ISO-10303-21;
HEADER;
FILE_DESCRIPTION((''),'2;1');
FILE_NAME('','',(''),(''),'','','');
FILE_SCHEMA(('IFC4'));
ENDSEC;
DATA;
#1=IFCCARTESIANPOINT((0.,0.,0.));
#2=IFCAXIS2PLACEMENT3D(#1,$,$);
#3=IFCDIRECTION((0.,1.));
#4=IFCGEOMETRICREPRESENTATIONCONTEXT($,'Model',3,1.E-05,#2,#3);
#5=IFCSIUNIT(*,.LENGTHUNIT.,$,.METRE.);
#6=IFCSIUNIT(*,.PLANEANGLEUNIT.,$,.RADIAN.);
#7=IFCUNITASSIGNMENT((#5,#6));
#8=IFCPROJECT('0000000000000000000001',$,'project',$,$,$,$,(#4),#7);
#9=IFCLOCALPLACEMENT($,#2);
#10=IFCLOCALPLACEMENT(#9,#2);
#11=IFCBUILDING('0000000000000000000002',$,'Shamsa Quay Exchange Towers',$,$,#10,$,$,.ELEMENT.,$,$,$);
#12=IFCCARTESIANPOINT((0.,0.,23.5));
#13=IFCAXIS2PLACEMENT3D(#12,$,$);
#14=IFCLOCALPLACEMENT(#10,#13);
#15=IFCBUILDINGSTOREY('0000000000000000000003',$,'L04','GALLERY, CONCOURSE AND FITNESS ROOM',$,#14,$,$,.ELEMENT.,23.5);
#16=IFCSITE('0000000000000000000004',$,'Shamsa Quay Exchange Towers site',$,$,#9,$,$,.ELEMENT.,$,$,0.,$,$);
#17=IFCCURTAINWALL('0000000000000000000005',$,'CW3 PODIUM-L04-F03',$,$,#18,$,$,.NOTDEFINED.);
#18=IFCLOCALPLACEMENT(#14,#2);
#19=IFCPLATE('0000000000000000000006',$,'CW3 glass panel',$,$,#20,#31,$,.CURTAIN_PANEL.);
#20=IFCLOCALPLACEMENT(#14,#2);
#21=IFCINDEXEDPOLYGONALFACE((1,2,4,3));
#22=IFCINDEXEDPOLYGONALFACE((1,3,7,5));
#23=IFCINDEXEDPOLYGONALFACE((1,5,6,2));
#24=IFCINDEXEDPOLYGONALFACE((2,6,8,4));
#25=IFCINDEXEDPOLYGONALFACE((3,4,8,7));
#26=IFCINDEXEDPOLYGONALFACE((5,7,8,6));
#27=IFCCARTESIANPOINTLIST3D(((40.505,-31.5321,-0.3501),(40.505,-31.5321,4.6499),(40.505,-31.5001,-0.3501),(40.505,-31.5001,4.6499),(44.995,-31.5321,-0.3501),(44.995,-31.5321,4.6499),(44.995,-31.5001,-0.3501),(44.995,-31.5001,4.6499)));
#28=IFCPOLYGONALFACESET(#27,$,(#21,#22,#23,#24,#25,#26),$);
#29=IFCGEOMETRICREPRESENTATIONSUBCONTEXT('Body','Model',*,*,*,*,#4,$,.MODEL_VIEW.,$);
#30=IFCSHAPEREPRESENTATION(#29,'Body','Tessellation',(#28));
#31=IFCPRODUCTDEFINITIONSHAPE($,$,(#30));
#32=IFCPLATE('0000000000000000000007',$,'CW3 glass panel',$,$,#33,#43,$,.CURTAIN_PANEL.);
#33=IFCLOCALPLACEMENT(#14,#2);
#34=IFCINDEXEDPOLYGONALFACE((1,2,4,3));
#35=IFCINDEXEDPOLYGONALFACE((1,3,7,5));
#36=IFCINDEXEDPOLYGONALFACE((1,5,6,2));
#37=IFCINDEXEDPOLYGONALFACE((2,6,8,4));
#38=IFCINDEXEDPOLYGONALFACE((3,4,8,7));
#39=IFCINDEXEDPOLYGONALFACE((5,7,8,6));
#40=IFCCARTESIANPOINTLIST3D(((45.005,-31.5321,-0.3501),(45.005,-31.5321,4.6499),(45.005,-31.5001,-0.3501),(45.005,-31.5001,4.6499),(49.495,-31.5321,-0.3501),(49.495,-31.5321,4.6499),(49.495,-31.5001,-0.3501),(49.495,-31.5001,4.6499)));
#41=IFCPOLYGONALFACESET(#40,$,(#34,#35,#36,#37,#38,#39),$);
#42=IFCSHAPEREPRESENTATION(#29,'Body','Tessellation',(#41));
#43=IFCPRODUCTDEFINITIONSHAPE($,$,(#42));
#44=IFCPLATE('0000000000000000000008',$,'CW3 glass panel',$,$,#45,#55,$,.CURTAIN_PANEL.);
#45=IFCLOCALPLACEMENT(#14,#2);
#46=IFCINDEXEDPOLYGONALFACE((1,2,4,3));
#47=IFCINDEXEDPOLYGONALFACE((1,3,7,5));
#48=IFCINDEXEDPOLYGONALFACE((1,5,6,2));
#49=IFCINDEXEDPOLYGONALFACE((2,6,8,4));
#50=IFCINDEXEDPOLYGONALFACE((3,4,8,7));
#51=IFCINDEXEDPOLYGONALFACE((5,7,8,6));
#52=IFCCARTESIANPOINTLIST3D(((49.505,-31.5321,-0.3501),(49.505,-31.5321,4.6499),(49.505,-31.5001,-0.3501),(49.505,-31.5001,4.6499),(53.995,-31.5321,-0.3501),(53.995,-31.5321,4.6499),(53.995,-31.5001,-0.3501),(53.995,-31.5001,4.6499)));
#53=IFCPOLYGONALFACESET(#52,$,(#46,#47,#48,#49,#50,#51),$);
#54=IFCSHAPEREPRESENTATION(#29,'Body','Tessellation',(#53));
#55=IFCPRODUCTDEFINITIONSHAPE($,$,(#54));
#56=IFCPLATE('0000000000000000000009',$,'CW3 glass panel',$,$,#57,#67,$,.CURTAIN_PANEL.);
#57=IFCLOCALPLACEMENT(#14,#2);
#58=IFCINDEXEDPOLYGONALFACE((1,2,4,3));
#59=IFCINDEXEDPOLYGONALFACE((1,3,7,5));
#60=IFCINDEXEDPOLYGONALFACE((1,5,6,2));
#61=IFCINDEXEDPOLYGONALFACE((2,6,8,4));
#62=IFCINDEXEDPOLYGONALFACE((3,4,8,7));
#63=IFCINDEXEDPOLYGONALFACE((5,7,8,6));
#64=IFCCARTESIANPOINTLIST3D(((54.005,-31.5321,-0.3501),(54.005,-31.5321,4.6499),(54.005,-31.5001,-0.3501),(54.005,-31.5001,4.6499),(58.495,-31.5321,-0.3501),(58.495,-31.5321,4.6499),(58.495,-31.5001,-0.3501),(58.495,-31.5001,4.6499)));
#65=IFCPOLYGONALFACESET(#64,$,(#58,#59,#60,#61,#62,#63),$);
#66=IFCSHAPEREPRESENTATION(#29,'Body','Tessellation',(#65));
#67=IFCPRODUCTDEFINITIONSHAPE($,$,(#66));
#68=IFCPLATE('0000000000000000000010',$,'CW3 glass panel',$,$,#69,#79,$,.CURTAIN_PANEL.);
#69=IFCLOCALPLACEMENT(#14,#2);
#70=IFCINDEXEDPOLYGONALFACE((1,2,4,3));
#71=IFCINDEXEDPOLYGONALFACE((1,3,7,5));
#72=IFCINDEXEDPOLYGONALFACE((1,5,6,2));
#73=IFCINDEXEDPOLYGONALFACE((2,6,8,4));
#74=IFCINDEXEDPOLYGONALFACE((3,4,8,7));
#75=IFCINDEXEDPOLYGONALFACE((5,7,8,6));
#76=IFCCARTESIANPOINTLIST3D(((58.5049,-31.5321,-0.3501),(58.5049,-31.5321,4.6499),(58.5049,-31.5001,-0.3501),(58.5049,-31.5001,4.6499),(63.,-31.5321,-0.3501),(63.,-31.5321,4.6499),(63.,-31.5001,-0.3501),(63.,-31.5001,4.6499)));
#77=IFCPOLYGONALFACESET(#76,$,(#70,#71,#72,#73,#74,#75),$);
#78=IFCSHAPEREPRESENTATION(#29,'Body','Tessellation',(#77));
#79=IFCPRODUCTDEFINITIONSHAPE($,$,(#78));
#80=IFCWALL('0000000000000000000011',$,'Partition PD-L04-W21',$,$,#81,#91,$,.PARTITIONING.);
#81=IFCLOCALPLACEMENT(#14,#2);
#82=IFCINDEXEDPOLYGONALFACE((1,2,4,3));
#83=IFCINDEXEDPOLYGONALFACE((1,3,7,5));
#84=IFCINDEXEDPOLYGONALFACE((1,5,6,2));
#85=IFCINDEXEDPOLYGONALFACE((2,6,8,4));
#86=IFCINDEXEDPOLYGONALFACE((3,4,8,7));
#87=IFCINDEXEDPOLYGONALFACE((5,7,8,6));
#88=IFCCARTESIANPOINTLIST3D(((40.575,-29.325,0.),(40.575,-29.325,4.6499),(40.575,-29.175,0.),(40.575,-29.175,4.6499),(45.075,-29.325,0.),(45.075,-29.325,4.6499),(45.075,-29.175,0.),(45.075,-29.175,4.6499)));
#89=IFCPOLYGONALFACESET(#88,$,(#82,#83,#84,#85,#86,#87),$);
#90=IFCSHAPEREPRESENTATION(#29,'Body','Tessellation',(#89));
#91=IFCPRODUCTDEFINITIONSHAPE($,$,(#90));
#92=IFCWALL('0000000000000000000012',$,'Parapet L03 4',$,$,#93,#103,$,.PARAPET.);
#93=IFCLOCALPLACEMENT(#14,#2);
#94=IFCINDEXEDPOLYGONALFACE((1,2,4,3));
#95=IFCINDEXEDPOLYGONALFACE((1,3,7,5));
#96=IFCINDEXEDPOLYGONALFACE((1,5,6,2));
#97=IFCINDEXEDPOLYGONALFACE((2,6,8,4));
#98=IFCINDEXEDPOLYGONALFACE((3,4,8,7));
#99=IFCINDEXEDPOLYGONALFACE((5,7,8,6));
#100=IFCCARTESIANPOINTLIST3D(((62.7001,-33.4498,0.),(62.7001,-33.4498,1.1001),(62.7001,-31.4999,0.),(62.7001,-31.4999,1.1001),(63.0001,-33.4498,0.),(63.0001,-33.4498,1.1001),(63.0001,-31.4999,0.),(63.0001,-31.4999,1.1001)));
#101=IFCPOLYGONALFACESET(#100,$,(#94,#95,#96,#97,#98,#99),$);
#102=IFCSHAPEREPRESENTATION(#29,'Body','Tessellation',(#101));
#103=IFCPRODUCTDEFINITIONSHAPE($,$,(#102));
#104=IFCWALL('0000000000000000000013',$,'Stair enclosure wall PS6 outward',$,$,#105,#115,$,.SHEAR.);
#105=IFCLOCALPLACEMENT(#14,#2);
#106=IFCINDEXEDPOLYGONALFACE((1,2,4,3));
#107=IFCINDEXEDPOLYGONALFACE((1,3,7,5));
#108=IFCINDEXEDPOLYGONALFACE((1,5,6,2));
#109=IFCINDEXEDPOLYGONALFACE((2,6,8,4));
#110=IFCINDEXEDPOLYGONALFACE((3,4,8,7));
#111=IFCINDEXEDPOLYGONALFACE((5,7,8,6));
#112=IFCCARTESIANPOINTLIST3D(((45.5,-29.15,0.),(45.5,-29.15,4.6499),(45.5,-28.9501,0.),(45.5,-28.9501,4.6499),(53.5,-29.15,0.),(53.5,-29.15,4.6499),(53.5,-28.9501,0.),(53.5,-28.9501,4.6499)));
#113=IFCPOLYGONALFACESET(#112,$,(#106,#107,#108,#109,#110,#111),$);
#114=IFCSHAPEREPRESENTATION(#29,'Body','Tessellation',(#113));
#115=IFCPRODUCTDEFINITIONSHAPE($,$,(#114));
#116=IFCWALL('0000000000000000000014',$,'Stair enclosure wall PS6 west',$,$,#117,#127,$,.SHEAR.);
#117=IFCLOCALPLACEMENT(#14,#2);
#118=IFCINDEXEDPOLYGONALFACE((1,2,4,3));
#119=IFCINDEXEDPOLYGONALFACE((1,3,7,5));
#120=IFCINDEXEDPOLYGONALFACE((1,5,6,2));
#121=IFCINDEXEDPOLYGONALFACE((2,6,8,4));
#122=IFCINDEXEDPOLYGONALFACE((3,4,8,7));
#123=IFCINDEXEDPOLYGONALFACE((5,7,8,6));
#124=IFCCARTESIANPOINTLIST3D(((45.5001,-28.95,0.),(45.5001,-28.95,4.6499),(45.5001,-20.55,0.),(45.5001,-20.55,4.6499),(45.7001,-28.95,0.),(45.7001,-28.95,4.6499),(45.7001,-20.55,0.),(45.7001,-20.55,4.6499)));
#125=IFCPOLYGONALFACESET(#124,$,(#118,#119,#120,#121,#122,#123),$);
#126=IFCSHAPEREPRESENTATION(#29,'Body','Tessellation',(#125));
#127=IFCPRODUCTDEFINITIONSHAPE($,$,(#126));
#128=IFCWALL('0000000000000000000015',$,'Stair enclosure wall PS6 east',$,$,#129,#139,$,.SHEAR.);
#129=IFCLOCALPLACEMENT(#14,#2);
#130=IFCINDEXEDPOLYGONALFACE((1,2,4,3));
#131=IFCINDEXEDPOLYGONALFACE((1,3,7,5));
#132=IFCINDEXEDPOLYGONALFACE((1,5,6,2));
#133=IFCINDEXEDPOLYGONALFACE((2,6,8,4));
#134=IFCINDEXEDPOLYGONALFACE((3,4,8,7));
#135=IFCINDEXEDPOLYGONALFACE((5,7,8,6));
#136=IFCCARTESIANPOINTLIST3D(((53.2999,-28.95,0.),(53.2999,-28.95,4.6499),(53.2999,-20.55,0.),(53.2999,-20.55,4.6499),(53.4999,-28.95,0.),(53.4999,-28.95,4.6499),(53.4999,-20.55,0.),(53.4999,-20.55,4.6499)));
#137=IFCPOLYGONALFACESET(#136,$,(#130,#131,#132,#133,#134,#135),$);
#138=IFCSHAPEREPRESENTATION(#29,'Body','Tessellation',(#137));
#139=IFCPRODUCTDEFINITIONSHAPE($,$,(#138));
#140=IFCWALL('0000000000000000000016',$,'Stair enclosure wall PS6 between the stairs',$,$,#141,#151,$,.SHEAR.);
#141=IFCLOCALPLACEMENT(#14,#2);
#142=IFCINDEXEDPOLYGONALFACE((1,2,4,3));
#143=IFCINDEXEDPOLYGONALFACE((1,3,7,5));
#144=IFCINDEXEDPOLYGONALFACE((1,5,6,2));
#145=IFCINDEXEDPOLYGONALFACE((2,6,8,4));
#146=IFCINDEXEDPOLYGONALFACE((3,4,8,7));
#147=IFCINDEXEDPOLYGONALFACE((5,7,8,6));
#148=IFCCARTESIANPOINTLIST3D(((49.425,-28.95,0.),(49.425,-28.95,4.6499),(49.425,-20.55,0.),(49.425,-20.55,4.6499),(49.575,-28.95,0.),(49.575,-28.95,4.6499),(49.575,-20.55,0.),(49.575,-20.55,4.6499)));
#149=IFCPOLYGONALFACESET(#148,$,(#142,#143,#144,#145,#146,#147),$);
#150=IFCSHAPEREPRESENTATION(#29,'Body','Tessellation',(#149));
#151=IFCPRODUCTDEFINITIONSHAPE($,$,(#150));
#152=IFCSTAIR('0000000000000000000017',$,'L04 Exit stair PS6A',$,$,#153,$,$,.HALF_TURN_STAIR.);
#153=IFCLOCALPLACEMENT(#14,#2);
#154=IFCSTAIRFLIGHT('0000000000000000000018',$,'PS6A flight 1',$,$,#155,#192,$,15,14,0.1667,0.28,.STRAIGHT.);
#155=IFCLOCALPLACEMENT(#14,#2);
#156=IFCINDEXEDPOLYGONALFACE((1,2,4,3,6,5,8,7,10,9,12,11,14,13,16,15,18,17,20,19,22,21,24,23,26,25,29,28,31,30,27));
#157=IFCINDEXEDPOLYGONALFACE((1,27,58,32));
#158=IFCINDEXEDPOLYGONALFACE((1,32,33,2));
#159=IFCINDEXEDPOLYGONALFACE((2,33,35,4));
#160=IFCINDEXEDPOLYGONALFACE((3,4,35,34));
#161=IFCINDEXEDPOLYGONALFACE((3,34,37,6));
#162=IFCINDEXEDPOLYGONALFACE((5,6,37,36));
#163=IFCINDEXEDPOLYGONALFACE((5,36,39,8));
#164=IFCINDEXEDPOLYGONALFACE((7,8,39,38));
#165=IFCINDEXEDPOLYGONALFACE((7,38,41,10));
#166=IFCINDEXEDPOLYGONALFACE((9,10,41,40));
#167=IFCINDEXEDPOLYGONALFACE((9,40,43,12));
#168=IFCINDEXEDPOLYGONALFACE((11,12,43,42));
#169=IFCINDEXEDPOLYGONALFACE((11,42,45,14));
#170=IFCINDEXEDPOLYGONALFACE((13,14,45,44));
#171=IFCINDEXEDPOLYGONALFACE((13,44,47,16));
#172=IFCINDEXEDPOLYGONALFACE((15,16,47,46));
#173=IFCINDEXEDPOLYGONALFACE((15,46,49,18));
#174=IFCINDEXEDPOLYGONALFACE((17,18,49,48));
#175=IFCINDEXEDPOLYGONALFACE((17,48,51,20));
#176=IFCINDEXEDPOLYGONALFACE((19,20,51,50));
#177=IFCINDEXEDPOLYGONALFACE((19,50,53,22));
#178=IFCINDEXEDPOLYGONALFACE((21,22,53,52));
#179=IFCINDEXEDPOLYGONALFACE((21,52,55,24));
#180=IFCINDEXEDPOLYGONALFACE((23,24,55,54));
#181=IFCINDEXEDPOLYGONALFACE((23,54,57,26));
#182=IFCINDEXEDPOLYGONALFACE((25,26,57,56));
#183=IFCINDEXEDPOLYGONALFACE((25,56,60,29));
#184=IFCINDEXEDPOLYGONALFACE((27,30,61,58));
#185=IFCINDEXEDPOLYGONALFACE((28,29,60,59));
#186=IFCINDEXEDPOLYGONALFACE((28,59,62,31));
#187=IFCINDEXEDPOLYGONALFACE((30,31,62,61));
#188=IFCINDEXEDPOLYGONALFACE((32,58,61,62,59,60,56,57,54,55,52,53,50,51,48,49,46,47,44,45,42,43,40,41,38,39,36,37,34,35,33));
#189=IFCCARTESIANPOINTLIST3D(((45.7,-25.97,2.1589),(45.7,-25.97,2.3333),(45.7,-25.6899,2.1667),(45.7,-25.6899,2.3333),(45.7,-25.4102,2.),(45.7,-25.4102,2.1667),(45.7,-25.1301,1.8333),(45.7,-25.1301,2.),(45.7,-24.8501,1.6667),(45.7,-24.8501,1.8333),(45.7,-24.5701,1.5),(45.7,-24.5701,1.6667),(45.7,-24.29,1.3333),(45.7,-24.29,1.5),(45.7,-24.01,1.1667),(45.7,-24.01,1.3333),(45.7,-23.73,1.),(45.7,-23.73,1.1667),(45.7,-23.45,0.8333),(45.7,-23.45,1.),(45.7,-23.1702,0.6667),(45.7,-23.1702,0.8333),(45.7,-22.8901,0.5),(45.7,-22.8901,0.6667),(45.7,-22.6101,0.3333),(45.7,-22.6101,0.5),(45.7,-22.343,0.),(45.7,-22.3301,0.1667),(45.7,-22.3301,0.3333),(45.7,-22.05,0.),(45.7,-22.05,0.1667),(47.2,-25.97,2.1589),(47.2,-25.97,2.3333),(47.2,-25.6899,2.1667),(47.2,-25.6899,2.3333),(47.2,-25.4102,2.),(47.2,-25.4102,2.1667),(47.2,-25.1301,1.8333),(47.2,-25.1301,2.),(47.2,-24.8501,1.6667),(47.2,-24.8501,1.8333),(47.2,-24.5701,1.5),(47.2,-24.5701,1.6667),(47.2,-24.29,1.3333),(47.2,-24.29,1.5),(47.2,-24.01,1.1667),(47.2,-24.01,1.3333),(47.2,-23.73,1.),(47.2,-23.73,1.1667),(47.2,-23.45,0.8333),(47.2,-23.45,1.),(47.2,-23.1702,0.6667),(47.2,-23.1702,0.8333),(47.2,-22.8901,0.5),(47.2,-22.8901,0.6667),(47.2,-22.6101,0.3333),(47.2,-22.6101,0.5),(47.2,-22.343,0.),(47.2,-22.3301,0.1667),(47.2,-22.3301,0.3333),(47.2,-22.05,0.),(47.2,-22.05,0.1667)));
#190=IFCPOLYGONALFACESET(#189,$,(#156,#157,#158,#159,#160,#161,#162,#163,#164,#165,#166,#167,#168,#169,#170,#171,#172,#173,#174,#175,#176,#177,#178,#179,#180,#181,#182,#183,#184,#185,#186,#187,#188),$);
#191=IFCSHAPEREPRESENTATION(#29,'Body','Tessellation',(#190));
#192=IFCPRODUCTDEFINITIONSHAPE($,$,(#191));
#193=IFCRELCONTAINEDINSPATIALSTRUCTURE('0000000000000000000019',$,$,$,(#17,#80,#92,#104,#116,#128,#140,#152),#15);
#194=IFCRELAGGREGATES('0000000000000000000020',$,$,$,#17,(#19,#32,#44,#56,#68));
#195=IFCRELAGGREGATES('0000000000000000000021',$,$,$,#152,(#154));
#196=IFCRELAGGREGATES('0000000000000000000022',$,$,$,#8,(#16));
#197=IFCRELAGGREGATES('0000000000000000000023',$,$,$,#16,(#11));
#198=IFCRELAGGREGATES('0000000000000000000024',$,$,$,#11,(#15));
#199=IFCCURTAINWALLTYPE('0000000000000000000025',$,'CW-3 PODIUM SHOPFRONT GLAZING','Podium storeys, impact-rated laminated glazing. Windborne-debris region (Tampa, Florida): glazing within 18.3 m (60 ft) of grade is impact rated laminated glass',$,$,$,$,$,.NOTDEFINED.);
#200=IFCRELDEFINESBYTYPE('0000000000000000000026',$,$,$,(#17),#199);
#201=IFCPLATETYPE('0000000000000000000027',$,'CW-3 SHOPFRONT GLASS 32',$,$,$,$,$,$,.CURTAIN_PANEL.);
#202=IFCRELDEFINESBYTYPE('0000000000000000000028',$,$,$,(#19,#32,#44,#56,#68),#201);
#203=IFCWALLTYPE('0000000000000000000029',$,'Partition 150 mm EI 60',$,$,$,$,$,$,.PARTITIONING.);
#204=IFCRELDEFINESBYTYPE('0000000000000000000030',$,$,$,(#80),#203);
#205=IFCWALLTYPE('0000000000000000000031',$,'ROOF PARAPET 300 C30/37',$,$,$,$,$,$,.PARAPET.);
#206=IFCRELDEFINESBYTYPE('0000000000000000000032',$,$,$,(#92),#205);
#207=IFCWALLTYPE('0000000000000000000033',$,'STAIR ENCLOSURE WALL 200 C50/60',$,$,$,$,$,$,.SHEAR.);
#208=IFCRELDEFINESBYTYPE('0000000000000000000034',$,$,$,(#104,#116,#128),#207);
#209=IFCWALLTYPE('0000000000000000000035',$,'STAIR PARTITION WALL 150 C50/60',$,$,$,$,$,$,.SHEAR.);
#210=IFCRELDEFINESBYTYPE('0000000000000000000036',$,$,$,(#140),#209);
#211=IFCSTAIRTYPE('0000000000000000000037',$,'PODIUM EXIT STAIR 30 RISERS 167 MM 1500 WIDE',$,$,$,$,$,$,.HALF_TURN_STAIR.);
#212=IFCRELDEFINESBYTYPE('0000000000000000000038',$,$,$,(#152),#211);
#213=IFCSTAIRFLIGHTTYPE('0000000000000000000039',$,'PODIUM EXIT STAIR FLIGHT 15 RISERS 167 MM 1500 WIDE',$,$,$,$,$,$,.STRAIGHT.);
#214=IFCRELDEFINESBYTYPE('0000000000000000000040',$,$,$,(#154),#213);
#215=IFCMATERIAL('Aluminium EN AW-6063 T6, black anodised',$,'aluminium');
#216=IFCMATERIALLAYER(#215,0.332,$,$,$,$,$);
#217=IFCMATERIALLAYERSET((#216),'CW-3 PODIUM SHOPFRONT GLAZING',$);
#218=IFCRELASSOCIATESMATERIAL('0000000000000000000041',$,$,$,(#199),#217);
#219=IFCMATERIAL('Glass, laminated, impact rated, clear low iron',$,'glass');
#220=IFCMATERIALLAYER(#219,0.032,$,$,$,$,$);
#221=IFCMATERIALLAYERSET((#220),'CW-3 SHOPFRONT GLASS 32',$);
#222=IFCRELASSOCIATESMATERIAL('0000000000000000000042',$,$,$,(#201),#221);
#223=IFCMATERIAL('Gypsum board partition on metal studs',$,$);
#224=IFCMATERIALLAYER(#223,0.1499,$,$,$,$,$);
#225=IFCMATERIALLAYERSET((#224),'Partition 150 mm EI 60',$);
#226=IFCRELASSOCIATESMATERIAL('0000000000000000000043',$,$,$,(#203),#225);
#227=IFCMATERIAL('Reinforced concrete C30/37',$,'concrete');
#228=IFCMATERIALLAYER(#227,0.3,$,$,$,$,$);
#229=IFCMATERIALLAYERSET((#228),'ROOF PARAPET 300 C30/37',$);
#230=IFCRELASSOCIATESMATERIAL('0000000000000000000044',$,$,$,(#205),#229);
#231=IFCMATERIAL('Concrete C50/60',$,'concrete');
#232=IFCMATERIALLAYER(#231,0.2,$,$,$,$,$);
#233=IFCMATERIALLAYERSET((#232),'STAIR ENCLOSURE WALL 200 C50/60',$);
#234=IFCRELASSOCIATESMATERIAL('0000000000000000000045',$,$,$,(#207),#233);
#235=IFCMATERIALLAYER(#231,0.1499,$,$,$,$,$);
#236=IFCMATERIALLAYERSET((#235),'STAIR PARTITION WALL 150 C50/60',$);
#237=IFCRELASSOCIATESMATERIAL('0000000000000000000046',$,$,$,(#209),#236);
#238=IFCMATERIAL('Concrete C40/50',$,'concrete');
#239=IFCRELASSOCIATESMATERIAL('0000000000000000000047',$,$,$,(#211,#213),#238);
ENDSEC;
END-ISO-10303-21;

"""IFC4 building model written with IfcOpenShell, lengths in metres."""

from ifc_helpers import new_model, si_unit, direction, frame, frame_2d, origin, origin_2d, place, context, subcontext, project, spatial, polyline, rectangle, outline, extrude, material, layer, layer_set, type_object, element, aggregate, save


model = new_model("IFC4")

# Units and contexts
model_context = context("Model", 3, precision=1e-05, world=origin(), true_north=direction((0.0, 1.0)))
body_context = subcontext(model_context, "Body", "Model", "MODEL_VIEW")
ifc_project = project(units=[si_unit("LENGTHUNIT", "METRE"), si_unit("PLANEANGLEUNIT", "RADIAN")], contexts=[model_context])

# Site, building, storey
site_placement = place(None, origin())
site = spatial("IfcSite", under=ifc_project, at=site_placement, Name="Shamsa Quay Exchange Towers site", CompositionType="ELEMENT", RefElevation=0.0)
building_placement = place(site_placement, origin())
building = spatial("IfcBuilding", under=site, at=building_placement, Name="Shamsa Quay Exchange Towers", CompositionType="ELEMENT")
storey_placement = place(building_placement, frame((0.0, 0.0, 23.5)))
storey = spatial("IfcBuildingStorey", under=building, at=storey_placement, Name="L04", Description="GALLERY, CONCOURSE AND FITNESS ROOM", CompositionType="ELEMENT", Elevation=23.5)

# Curtain wall
ifc_material_1 = material(Name="Aluminium EN AW-6063 T6, black anodised", Category="aluminium")
ifc_layer_1 = layer(ifc_material_1, 0.332)
ifc_layer_set_1 = layer_set([ifc_layer_1], Name="CW-3 PODIUM SHOPFRONT GLAZING")
curtain_wall_type = type_object("IfcCurtainWallType", Name="CW-3 PODIUM SHOPFRONT GLAZING", Description="Podium storeys, impact-rated laminated glazing. Windborne-debris region (Tampa, Florida): glazing within 18.3 m (60 ft) of grade is impact rated laminated glass", PredefinedType="NOTDEFINED", material=ifc_layer_set_1)
curtain_wall_1_placement = place(storey_placement, origin())
curtain_wall_1 = element("IfcCurtainWall", 1, at=curtain_wall_1_placement, inside=storey, type_object=curtain_wall_type, Name="CW3 PODIUM-L04-F03", PredefinedType="NOTDEFINED")

# Plates
ifc_material_2 = material(Name="Glass, laminated, impact rated, clear low iron", Category="glass")
ifc_layer_2 = layer(ifc_material_2, 0.032)
ifc_layer_set_2 = layer_set([ifc_layer_2], Name="CW-3 SHOPFRONT GLASS 32")
plate_type = type_object("IfcPlateType", Name="CW-3 SHOPFRONT GLASS 32", PredefinedType="CURTAIN_PANEL", material=ifc_layer_set_2)
plate_1_placement = place(storey_placement, frame((42.75, -31.5161, -0.3501)))
plate_1 = element("IfcPlate", 2, at=plate_1_placement, type_object=plate_type, Name="CW3 glass panel", PredefinedType="CURTAIN_PANEL", context=body_context, shape_type="SweptSolid", body=[
    extrude(rectangle(XDim=4.49, YDim=0.032, at=origin_2d()), origin(), (0.0, 0.0, 1.0), 5.0),
])
plate_2_placement = place(storey_placement, frame((47.25, -31.5161, -0.3501)))
plate_2 = element("IfcPlate", 3, at=plate_2_placement, type_object=plate_type, Name="CW3 glass panel", PredefinedType="CURTAIN_PANEL", context=body_context, shape_type="SweptSolid", body=[
    extrude(rectangle(XDim=4.49, YDim=0.032, at=origin_2d()), origin(), (0.0, 0.0, 1.0), 5.0),
])
plate_3_placement = place(storey_placement, frame((51.75, -31.5161, -0.3501)))
plate_3 = element("IfcPlate", 4, at=plate_3_placement, type_object=plate_type, Name="CW3 glass panel", PredefinedType="CURTAIN_PANEL", context=body_context, shape_type="SweptSolid", body=[
    extrude(rectangle(XDim=4.49, YDim=0.032, at=origin_2d()), origin(), (0.0, 0.0, 1.0), 5.0),
])
plate_4_placement = place(storey_placement, frame((56.25, -31.5161, -0.3501)))
plate_4 = element("IfcPlate", 5, at=plate_4_placement, type_object=plate_type, Name="CW3 glass panel", PredefinedType="CURTAIN_PANEL", context=body_context, shape_type="SweptSolid", body=[
    extrude(rectangle(XDim=4.49, YDim=0.032, at=origin_2d()), origin(), (0.0, 0.0, 1.0), 5.0),
])
plate_5_placement = place(storey_placement, frame((60.7524, -31.5161, -0.3501)))
plate_5 = element("IfcPlate", 6, at=plate_5_placement, type_object=plate_type, Name="CW3 glass panel", PredefinedType="CURTAIN_PANEL", context=body_context, shape_type="SweptSolid", body=[
    extrude(rectangle(XDim=4.4951, YDim=0.032, at=origin_2d()), origin(), (0.0, 0.0, 1.0), 5.0),
])
aggregate(curtain_wall_1, [plate_1, plate_2, plate_3, plate_4, plate_5])

# Walls
ifc_material_3 = material(Name="Gypsum board partition on metal studs")
ifc_layer_3 = layer(ifc_material_3, 0.1499)
ifc_layer_set_3 = layer_set([ifc_layer_3], Name="Partition 150 mm EI 60")
wall_type_1 = type_object("IfcWallType", Name="Partition 150 mm EI 60", PredefinedType="PARTITIONING", material=ifc_layer_set_3)
wall_1_placement = place(storey_placement, frame((45.075, -29.25, 0.0), z_axis=(0.0, 0.0, 1.0), x_axis=(-1.0, 0.0, 0.0)))
element("IfcWall", 7, at=wall_1_placement, inside=storey, type_object=wall_type_1, Name="Partition PD-L04-W21", PredefinedType="PARTITIONING", context=body_context, shape_type="SweptSolid", body=[
    extrude(rectangle(XDim=4.5, YDim=0.1499, at=frame_2d((2.25, 0.0))), origin(), (0.0, 0.0, 1.0), 4.6499),
])
ifc_material_4 = material(Name="Reinforced concrete C30/37", Category="concrete")
ifc_layer_4 = layer(ifc_material_4, 0.3)
ifc_layer_set_4 = layer_set([ifc_layer_4], Name="ROOF PARAPET 300 C30/37")
wall_type_2 = type_object("IfcWallType", Name="ROOF PARAPET 300 C30/37", PredefinedType="PARAPET", material=ifc_layer_set_4)
wall_2_placement = place(storey_placement, frame((62.8501, -33.45, 0.0), z_axis=(0.0, 0.0, 1.0), x_axis=(0.0, 1.0, 0.0)))
element("IfcWall", 8, at=wall_2_placement, inside=storey, type_object=wall_type_2, Name="Parapet L03 4", PredefinedType="PARAPET", context=body_context, shape_type="SweptSolid", body=[
    extrude(rectangle(XDim=1.95, YDim=0.3, at=frame_2d((0.9751, 0.0))), origin(), (0.0, 0.0, 1.0), 1.1001),
])

# Shared definitions
ifc_material_5 = material(Name="Concrete C50/60", Category="concrete")
ifc_layer_5 = layer(ifc_material_5, 0.2)
ifc_layer_set_5 = layer_set([ifc_layer_5], Name="STAIR ENCLOSURE WALL 200 C50/60")
wall_type_3 = type_object("IfcWallType", Name="STAIR ENCLOSURE WALL 200 C50/60", PredefinedType="SHEAR", material=ifc_layer_set_5)

# Walls
wall_3_placement = place(storey_placement, frame((45.5, -29.05, 0.0)))
element("IfcWall", 9, at=wall_3_placement, inside=storey, type_object=wall_type_3, Name="Stair enclosure wall PS6 outward", PredefinedType="SHEAR", context=body_context, shape_type="SweptSolid", body=[
    extrude(rectangle(XDim=8.0, YDim=0.2, at=frame_2d((4.0, 0.0))), origin(), (0.0, 0.0, 1.0), 4.6499),
])
for number, where, z_axis, x_axis, name in (
    (10, (45.6001, -28.95, 0.0), (0.0, 0.0, 1.0), (0.0, 1.0, 0.0), "Stair enclosure wall PS6 west"),
    (11, (53.3999, -28.95, 0.0), (0.0, 0.0, 1.0), (0.0, 1.0, 0.0), "Stair enclosure wall PS6 east"),
):
    element("IfcWall", number, at=place(storey_placement, frame(where, z_axis=z_axis, x_axis=x_axis)), inside=storey, type_object=wall_type_3, Name=name, PredefinedType="SHEAR", context=body_context, shape_type="SweptSolid", body=[
        extrude(rectangle(XDim=8.3999, YDim=0.2, at=frame_2d((4.2, 0.0))), origin(), (0.0, 0.0, 1.0), 4.6499),
    ])
ifc_layer_6 = layer(ifc_material_5, 0.1499)
ifc_layer_set_6 = layer_set([ifc_layer_6], Name="STAIR PARTITION WALL 150 C50/60")
wall_type_4 = type_object("IfcWallType", Name="STAIR PARTITION WALL 150 C50/60", PredefinedType="SHEAR", material=ifc_layer_set_6)
wall_4_placement = place(storey_placement, frame((49.5, -28.95, 0.0), z_axis=(0.0, 0.0, 1.0), x_axis=(0.0, 1.0, 0.0)))
element("IfcWall", 12, at=wall_4_placement, inside=storey, type_object=wall_type_4, Name="Stair enclosure wall PS6 between the stairs", PredefinedType="SHEAR", context=body_context, shape_type="SweptSolid", body=[
    extrude(rectangle(XDim=8.3999, YDim=0.1499, at=frame_2d((4.2, 0.0))), origin(), (0.0, 0.0, 1.0), 4.6499),
])

# Stair, stair flight
ifc_material_6 = material(Name="Concrete C40/50", Category="concrete")
stair_type = type_object("IfcStairType", Name="PODIUM EXIT STAIR 30 RISERS 167 MM 1500 WIDE", PredefinedType="HALF_TURN_STAIR", material=ifc_material_6)
stair_1_placement = place(storey_placement, origin())
stair_1 = element("IfcStair", 13, at=stair_1_placement, inside=storey, type_object=stair_type, Name="L04 Exit stair PS6A", PredefinedType="HALF_TURN_STAIR")
stair_flight_type = type_object("IfcStairFlightType", Name="PODIUM EXIT STAIR FLIGHT 15 RISERS 167 MM 1500 WIDE", PredefinedType="STRAIGHT", material=ifc_material_6)
stair_flight_1_placement = place(storey_placement, frame((46.45, -22.05, 0.0), z_axis=(0.0, 0.0, 1.0), x_axis=(0.0, -1.0, 0.0)))
stair_flight_1 = element("IfcStairFlight", 14, at=stair_flight_1_placement, type_object=stair_flight_type, Name="PS6A flight 1", NumberOfRisers=15, NumberOfTreads=14, PredefinedType="STRAIGHT", RiserHeight=0.1667, TreadLength=0.28, context=body_context, shape_type="SweptSolid", body=[
    extrude(outline(polyline([(0.0, 0.0), (0.0, 0.1667), (0.28, 0.1667), (0.28, 0.3333), (0.5601, 0.3333), (0.5601, 0.5), (0.8401, 0.5), (0.8401, 0.6667), (1.1201, 0.6667), (1.1201, 0.8333), (1.3999, 0.8333), (1.3999, 1.0), (1.6799, 1.0), (1.6799, 1.1667), (1.96, 1.1667), (1.96, 1.3333), (2.24, 1.3333), (2.24, 1.5), (2.52, 1.5), (2.52, 1.6667), (2.8, 1.6667), (2.8, 1.8333), (3.0801, 1.8333), (3.0801, 2.0), (3.3601, 2.0), (3.3601, 2.1667), (3.6399, 2.1667), (3.6399, 2.3333), (3.9199, 2.3333), (3.9199, 2.5), (3.9199, 2.1589), (0.293, 0.0), (0.0, 0.0)])), frame((0.0, 0.75, 0.0), z_axis=(0.0, -1.0, 0.0), x_axis=(1.0, 0.0, 0.0)), (0.0, 0.0, 1.0), 1.5),
])
aggregate(stair_1, [stair_flight_1])

save(model, "model.ifc")
